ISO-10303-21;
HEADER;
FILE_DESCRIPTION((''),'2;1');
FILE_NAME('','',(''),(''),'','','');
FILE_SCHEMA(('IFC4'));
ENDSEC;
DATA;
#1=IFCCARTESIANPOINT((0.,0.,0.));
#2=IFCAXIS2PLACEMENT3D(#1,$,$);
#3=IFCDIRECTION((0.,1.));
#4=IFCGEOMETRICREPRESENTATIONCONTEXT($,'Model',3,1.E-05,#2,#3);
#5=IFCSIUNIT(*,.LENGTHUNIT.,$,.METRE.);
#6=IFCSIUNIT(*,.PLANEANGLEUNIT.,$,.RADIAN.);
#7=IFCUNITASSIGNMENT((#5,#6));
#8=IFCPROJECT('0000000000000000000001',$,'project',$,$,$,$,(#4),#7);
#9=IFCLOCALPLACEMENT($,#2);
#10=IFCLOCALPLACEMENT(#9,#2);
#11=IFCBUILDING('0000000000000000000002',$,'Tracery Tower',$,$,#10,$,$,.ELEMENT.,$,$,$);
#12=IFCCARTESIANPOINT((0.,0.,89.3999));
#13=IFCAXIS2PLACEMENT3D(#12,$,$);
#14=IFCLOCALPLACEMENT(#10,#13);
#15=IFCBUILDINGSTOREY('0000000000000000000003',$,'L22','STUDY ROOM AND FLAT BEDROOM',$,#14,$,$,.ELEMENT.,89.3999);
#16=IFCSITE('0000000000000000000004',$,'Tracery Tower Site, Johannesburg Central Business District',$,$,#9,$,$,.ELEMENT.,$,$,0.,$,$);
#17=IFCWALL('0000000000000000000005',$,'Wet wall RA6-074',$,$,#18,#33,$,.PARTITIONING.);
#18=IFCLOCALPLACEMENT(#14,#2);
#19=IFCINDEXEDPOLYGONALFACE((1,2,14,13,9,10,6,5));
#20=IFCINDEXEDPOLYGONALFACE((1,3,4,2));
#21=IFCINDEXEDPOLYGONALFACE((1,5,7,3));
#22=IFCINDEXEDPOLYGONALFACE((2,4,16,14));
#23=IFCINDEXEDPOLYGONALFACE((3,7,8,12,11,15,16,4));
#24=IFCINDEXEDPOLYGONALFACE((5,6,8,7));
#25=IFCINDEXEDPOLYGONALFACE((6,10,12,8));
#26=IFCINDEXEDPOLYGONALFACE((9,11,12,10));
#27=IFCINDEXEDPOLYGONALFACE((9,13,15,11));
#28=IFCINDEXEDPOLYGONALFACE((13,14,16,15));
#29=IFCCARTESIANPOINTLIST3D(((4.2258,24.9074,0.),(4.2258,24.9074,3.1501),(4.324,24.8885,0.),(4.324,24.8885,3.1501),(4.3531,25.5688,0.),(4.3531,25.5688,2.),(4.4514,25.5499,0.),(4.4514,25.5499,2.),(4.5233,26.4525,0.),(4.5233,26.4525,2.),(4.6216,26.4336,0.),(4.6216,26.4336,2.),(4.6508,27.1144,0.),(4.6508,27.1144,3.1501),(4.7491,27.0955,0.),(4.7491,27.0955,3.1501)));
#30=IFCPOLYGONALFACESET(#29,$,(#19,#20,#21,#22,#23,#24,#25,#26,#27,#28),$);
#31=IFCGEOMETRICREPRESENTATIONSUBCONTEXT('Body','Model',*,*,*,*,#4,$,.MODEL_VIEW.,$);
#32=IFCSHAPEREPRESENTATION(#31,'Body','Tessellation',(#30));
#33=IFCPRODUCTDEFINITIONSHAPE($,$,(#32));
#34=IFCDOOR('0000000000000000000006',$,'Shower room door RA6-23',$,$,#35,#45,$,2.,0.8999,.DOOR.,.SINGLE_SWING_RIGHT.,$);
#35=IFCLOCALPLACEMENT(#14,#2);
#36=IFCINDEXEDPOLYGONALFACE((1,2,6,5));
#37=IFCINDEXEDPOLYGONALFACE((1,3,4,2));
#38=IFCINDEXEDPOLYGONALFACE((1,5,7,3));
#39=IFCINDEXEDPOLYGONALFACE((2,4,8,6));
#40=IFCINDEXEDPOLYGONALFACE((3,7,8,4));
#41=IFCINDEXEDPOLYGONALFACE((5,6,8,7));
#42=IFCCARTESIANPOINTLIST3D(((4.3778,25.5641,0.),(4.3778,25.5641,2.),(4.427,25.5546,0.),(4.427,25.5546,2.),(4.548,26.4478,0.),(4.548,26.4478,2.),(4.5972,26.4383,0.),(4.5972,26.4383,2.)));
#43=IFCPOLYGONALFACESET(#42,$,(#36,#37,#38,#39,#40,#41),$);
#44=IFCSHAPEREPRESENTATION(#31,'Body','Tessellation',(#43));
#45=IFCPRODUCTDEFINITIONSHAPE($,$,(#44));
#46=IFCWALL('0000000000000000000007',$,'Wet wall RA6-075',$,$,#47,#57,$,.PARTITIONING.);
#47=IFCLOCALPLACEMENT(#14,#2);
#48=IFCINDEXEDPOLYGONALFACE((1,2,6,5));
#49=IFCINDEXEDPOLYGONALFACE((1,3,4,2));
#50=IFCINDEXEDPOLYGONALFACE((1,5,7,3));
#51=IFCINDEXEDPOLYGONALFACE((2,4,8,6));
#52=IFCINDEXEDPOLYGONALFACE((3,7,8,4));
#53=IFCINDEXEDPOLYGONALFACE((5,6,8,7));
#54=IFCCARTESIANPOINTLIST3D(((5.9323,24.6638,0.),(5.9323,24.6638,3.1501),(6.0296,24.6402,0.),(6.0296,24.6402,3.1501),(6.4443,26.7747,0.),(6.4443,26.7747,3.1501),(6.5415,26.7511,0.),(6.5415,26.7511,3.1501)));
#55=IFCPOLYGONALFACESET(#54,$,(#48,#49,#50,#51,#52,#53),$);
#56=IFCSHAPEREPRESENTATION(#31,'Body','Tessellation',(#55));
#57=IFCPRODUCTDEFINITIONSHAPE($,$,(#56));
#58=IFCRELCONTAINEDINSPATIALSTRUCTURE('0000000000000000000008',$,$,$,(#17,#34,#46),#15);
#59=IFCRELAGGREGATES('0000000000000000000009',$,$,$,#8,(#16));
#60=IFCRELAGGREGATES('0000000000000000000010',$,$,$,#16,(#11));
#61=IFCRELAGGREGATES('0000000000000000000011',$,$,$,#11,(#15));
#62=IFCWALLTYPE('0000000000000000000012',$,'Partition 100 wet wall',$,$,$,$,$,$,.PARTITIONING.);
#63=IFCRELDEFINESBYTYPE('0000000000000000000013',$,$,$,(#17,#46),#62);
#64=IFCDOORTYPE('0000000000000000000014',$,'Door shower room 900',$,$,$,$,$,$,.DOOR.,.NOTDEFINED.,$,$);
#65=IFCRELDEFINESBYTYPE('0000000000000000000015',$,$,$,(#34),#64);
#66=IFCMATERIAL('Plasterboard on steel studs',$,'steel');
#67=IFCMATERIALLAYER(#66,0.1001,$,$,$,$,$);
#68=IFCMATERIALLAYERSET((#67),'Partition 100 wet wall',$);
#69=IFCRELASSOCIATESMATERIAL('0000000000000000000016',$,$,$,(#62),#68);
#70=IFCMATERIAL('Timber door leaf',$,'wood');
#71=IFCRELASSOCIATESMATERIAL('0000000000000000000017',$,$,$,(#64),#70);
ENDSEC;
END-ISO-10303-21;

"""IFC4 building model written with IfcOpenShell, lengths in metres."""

from ifc_helpers import new_model, si_unit, direction, frame, frame_2d, origin, place, context, subcontext, project, spatial, rectangle, extrude, material, layer, layer_set, type_object, element, fill, save


model = new_model("IFC4")

# Units and contexts
model_context = context("Model", 3, precision=1e-05, world=origin(), true_north=direction((0.0, 1.0)))
body_context = subcontext(model_context, "Body", "Model", "MODEL_VIEW")
ifc_project = project(units=[si_unit("LENGTHUNIT", "METRE"), si_unit("PLANEANGLEUNIT", "RADIAN")], contexts=[model_context])

# Site, building, storey
site_placement = place(None, origin())
site = spatial("IfcSite", under=ifc_project, at=site_placement, Name="Tracery Tower Site, Johannesburg Central Business District", CompositionType="ELEMENT", RefElevation=0.0)
building_placement = place(site_placement, origin())
building = spatial("IfcBuilding", under=site, at=building_placement, Name="Tracery Tower", CompositionType="ELEMENT")
storey_placement = place(building_placement, frame((0.0, 0.0, 89.3999)))
storey = spatial("IfcBuildingStorey", under=building, at=storey_placement, Name="L22", Description="STUDY ROOM AND FLAT BEDROOM", CompositionType="ELEMENT", Elevation=89.3999)

# Shared definitions
ifc_material_1 = material(Name="Plasterboard on steel studs", Category="steel")
ifc_layer_1 = layer(ifc_material_1, 0.1001)
ifc_layer_set_1 = layer_set([ifc_layer_1], Name="Partition 100 wet wall")
wall_type_1 = type_object("IfcWallType", Name="Partition 100 wet wall", PredefinedType="PARTITIONING", material=ifc_layer_set_1)

# Wall, opening, door
wall_1_placement = place(storey_placement, frame((4.2749, 24.8979, 0.0), z_axis=(0.0, 0.0, 1.0), x_axis=(0.189113, 0.981955, 0.0)))
wall_1 = element("IfcWall", 1, at=wall_1_placement, inside=storey, type_object=wall_type_1, Name="Wet wall RA6-074", PredefinedType="PARTITIONING", context=body_context, shape_type="SweptSolid", body=[
    extrude(rectangle(XDim=2.2476, YDim=0.1001, at=frame_2d((1.1238, 0.0))), origin(), (0.0, 0.0, 1.0), 3.1501),
])
opening_1_placement = place(wall_1_placement, frame((0.6736, 0.0, 0.0)))
opening_1 = element("IfcOpeningElement", 2, at=opening_1_placement, cuts=wall_1, PredefinedType="OPENING", context=body_context, shape_type="SweptSolid", body=[
    extrude(rectangle(XDim=0.8999, YDim=2.0, at=frame_2d((0.45, 1.0))), frame((0.0, 0.05, 0.0), z_axis=(0.0, -1.0, 0.0), x_axis=(1.0, 0.0, 0.0)), (0.0, 0.0, 1.0), 0.1001),
])
ifc_material_2 = material(Name="Timber door leaf", Category="wood")
door_type_1 = type_object("IfcDoorType", Name="Door shower room 900", OperationType="NOTDEFINED", PredefinedType="DOOR", material=ifc_material_2)
door_1_placement = place(opening_1_placement, origin())
door_1 = element("IfcDoor", 3, at=door_1_placement, inside=storey, type_object=door_type_1, Name="Shower room door RA6-23", OperationType="SINGLE_SWING_RIGHT", OverallHeight=2.0, OverallWidth=0.8999, PredefinedType="DOOR", context=body_context, shape_type="SweptSolid", body=[
    extrude(rectangle(XDim=0.8999, YDim=2.0, at=frame_2d((0.45, 1.0))), frame((0.0, 0.0249, 0.0), z_axis=(0.0, -1.0, 0.0), x_axis=(1.0, 0.0, 0.0)), (0.0, 0.0, 1.0), 0.05),
])
fill(opening_1, door_1)

# Wall
wall_2_placement = place(storey_placement, frame((5.981, 24.6521, 0.0), z_axis=(0.0, 0.0, 1.0), x_axis=(0.235706, 0.971824, 0.0)))
element("IfcWall", 4, at=wall_2_placement, inside=storey, type_object=wall_type_1, Name="Wet wall RA6-075", PredefinedType="PARTITIONING", context=body_context, shape_type="SweptSolid", body=[
    extrude(rectangle(XDim=2.1721, YDim=0.1001, at=frame_2d((1.0859, 0.0))), origin(), (0.0, 0.0, 1.0), 3.1501),
])

save(model, "model.ifc")
